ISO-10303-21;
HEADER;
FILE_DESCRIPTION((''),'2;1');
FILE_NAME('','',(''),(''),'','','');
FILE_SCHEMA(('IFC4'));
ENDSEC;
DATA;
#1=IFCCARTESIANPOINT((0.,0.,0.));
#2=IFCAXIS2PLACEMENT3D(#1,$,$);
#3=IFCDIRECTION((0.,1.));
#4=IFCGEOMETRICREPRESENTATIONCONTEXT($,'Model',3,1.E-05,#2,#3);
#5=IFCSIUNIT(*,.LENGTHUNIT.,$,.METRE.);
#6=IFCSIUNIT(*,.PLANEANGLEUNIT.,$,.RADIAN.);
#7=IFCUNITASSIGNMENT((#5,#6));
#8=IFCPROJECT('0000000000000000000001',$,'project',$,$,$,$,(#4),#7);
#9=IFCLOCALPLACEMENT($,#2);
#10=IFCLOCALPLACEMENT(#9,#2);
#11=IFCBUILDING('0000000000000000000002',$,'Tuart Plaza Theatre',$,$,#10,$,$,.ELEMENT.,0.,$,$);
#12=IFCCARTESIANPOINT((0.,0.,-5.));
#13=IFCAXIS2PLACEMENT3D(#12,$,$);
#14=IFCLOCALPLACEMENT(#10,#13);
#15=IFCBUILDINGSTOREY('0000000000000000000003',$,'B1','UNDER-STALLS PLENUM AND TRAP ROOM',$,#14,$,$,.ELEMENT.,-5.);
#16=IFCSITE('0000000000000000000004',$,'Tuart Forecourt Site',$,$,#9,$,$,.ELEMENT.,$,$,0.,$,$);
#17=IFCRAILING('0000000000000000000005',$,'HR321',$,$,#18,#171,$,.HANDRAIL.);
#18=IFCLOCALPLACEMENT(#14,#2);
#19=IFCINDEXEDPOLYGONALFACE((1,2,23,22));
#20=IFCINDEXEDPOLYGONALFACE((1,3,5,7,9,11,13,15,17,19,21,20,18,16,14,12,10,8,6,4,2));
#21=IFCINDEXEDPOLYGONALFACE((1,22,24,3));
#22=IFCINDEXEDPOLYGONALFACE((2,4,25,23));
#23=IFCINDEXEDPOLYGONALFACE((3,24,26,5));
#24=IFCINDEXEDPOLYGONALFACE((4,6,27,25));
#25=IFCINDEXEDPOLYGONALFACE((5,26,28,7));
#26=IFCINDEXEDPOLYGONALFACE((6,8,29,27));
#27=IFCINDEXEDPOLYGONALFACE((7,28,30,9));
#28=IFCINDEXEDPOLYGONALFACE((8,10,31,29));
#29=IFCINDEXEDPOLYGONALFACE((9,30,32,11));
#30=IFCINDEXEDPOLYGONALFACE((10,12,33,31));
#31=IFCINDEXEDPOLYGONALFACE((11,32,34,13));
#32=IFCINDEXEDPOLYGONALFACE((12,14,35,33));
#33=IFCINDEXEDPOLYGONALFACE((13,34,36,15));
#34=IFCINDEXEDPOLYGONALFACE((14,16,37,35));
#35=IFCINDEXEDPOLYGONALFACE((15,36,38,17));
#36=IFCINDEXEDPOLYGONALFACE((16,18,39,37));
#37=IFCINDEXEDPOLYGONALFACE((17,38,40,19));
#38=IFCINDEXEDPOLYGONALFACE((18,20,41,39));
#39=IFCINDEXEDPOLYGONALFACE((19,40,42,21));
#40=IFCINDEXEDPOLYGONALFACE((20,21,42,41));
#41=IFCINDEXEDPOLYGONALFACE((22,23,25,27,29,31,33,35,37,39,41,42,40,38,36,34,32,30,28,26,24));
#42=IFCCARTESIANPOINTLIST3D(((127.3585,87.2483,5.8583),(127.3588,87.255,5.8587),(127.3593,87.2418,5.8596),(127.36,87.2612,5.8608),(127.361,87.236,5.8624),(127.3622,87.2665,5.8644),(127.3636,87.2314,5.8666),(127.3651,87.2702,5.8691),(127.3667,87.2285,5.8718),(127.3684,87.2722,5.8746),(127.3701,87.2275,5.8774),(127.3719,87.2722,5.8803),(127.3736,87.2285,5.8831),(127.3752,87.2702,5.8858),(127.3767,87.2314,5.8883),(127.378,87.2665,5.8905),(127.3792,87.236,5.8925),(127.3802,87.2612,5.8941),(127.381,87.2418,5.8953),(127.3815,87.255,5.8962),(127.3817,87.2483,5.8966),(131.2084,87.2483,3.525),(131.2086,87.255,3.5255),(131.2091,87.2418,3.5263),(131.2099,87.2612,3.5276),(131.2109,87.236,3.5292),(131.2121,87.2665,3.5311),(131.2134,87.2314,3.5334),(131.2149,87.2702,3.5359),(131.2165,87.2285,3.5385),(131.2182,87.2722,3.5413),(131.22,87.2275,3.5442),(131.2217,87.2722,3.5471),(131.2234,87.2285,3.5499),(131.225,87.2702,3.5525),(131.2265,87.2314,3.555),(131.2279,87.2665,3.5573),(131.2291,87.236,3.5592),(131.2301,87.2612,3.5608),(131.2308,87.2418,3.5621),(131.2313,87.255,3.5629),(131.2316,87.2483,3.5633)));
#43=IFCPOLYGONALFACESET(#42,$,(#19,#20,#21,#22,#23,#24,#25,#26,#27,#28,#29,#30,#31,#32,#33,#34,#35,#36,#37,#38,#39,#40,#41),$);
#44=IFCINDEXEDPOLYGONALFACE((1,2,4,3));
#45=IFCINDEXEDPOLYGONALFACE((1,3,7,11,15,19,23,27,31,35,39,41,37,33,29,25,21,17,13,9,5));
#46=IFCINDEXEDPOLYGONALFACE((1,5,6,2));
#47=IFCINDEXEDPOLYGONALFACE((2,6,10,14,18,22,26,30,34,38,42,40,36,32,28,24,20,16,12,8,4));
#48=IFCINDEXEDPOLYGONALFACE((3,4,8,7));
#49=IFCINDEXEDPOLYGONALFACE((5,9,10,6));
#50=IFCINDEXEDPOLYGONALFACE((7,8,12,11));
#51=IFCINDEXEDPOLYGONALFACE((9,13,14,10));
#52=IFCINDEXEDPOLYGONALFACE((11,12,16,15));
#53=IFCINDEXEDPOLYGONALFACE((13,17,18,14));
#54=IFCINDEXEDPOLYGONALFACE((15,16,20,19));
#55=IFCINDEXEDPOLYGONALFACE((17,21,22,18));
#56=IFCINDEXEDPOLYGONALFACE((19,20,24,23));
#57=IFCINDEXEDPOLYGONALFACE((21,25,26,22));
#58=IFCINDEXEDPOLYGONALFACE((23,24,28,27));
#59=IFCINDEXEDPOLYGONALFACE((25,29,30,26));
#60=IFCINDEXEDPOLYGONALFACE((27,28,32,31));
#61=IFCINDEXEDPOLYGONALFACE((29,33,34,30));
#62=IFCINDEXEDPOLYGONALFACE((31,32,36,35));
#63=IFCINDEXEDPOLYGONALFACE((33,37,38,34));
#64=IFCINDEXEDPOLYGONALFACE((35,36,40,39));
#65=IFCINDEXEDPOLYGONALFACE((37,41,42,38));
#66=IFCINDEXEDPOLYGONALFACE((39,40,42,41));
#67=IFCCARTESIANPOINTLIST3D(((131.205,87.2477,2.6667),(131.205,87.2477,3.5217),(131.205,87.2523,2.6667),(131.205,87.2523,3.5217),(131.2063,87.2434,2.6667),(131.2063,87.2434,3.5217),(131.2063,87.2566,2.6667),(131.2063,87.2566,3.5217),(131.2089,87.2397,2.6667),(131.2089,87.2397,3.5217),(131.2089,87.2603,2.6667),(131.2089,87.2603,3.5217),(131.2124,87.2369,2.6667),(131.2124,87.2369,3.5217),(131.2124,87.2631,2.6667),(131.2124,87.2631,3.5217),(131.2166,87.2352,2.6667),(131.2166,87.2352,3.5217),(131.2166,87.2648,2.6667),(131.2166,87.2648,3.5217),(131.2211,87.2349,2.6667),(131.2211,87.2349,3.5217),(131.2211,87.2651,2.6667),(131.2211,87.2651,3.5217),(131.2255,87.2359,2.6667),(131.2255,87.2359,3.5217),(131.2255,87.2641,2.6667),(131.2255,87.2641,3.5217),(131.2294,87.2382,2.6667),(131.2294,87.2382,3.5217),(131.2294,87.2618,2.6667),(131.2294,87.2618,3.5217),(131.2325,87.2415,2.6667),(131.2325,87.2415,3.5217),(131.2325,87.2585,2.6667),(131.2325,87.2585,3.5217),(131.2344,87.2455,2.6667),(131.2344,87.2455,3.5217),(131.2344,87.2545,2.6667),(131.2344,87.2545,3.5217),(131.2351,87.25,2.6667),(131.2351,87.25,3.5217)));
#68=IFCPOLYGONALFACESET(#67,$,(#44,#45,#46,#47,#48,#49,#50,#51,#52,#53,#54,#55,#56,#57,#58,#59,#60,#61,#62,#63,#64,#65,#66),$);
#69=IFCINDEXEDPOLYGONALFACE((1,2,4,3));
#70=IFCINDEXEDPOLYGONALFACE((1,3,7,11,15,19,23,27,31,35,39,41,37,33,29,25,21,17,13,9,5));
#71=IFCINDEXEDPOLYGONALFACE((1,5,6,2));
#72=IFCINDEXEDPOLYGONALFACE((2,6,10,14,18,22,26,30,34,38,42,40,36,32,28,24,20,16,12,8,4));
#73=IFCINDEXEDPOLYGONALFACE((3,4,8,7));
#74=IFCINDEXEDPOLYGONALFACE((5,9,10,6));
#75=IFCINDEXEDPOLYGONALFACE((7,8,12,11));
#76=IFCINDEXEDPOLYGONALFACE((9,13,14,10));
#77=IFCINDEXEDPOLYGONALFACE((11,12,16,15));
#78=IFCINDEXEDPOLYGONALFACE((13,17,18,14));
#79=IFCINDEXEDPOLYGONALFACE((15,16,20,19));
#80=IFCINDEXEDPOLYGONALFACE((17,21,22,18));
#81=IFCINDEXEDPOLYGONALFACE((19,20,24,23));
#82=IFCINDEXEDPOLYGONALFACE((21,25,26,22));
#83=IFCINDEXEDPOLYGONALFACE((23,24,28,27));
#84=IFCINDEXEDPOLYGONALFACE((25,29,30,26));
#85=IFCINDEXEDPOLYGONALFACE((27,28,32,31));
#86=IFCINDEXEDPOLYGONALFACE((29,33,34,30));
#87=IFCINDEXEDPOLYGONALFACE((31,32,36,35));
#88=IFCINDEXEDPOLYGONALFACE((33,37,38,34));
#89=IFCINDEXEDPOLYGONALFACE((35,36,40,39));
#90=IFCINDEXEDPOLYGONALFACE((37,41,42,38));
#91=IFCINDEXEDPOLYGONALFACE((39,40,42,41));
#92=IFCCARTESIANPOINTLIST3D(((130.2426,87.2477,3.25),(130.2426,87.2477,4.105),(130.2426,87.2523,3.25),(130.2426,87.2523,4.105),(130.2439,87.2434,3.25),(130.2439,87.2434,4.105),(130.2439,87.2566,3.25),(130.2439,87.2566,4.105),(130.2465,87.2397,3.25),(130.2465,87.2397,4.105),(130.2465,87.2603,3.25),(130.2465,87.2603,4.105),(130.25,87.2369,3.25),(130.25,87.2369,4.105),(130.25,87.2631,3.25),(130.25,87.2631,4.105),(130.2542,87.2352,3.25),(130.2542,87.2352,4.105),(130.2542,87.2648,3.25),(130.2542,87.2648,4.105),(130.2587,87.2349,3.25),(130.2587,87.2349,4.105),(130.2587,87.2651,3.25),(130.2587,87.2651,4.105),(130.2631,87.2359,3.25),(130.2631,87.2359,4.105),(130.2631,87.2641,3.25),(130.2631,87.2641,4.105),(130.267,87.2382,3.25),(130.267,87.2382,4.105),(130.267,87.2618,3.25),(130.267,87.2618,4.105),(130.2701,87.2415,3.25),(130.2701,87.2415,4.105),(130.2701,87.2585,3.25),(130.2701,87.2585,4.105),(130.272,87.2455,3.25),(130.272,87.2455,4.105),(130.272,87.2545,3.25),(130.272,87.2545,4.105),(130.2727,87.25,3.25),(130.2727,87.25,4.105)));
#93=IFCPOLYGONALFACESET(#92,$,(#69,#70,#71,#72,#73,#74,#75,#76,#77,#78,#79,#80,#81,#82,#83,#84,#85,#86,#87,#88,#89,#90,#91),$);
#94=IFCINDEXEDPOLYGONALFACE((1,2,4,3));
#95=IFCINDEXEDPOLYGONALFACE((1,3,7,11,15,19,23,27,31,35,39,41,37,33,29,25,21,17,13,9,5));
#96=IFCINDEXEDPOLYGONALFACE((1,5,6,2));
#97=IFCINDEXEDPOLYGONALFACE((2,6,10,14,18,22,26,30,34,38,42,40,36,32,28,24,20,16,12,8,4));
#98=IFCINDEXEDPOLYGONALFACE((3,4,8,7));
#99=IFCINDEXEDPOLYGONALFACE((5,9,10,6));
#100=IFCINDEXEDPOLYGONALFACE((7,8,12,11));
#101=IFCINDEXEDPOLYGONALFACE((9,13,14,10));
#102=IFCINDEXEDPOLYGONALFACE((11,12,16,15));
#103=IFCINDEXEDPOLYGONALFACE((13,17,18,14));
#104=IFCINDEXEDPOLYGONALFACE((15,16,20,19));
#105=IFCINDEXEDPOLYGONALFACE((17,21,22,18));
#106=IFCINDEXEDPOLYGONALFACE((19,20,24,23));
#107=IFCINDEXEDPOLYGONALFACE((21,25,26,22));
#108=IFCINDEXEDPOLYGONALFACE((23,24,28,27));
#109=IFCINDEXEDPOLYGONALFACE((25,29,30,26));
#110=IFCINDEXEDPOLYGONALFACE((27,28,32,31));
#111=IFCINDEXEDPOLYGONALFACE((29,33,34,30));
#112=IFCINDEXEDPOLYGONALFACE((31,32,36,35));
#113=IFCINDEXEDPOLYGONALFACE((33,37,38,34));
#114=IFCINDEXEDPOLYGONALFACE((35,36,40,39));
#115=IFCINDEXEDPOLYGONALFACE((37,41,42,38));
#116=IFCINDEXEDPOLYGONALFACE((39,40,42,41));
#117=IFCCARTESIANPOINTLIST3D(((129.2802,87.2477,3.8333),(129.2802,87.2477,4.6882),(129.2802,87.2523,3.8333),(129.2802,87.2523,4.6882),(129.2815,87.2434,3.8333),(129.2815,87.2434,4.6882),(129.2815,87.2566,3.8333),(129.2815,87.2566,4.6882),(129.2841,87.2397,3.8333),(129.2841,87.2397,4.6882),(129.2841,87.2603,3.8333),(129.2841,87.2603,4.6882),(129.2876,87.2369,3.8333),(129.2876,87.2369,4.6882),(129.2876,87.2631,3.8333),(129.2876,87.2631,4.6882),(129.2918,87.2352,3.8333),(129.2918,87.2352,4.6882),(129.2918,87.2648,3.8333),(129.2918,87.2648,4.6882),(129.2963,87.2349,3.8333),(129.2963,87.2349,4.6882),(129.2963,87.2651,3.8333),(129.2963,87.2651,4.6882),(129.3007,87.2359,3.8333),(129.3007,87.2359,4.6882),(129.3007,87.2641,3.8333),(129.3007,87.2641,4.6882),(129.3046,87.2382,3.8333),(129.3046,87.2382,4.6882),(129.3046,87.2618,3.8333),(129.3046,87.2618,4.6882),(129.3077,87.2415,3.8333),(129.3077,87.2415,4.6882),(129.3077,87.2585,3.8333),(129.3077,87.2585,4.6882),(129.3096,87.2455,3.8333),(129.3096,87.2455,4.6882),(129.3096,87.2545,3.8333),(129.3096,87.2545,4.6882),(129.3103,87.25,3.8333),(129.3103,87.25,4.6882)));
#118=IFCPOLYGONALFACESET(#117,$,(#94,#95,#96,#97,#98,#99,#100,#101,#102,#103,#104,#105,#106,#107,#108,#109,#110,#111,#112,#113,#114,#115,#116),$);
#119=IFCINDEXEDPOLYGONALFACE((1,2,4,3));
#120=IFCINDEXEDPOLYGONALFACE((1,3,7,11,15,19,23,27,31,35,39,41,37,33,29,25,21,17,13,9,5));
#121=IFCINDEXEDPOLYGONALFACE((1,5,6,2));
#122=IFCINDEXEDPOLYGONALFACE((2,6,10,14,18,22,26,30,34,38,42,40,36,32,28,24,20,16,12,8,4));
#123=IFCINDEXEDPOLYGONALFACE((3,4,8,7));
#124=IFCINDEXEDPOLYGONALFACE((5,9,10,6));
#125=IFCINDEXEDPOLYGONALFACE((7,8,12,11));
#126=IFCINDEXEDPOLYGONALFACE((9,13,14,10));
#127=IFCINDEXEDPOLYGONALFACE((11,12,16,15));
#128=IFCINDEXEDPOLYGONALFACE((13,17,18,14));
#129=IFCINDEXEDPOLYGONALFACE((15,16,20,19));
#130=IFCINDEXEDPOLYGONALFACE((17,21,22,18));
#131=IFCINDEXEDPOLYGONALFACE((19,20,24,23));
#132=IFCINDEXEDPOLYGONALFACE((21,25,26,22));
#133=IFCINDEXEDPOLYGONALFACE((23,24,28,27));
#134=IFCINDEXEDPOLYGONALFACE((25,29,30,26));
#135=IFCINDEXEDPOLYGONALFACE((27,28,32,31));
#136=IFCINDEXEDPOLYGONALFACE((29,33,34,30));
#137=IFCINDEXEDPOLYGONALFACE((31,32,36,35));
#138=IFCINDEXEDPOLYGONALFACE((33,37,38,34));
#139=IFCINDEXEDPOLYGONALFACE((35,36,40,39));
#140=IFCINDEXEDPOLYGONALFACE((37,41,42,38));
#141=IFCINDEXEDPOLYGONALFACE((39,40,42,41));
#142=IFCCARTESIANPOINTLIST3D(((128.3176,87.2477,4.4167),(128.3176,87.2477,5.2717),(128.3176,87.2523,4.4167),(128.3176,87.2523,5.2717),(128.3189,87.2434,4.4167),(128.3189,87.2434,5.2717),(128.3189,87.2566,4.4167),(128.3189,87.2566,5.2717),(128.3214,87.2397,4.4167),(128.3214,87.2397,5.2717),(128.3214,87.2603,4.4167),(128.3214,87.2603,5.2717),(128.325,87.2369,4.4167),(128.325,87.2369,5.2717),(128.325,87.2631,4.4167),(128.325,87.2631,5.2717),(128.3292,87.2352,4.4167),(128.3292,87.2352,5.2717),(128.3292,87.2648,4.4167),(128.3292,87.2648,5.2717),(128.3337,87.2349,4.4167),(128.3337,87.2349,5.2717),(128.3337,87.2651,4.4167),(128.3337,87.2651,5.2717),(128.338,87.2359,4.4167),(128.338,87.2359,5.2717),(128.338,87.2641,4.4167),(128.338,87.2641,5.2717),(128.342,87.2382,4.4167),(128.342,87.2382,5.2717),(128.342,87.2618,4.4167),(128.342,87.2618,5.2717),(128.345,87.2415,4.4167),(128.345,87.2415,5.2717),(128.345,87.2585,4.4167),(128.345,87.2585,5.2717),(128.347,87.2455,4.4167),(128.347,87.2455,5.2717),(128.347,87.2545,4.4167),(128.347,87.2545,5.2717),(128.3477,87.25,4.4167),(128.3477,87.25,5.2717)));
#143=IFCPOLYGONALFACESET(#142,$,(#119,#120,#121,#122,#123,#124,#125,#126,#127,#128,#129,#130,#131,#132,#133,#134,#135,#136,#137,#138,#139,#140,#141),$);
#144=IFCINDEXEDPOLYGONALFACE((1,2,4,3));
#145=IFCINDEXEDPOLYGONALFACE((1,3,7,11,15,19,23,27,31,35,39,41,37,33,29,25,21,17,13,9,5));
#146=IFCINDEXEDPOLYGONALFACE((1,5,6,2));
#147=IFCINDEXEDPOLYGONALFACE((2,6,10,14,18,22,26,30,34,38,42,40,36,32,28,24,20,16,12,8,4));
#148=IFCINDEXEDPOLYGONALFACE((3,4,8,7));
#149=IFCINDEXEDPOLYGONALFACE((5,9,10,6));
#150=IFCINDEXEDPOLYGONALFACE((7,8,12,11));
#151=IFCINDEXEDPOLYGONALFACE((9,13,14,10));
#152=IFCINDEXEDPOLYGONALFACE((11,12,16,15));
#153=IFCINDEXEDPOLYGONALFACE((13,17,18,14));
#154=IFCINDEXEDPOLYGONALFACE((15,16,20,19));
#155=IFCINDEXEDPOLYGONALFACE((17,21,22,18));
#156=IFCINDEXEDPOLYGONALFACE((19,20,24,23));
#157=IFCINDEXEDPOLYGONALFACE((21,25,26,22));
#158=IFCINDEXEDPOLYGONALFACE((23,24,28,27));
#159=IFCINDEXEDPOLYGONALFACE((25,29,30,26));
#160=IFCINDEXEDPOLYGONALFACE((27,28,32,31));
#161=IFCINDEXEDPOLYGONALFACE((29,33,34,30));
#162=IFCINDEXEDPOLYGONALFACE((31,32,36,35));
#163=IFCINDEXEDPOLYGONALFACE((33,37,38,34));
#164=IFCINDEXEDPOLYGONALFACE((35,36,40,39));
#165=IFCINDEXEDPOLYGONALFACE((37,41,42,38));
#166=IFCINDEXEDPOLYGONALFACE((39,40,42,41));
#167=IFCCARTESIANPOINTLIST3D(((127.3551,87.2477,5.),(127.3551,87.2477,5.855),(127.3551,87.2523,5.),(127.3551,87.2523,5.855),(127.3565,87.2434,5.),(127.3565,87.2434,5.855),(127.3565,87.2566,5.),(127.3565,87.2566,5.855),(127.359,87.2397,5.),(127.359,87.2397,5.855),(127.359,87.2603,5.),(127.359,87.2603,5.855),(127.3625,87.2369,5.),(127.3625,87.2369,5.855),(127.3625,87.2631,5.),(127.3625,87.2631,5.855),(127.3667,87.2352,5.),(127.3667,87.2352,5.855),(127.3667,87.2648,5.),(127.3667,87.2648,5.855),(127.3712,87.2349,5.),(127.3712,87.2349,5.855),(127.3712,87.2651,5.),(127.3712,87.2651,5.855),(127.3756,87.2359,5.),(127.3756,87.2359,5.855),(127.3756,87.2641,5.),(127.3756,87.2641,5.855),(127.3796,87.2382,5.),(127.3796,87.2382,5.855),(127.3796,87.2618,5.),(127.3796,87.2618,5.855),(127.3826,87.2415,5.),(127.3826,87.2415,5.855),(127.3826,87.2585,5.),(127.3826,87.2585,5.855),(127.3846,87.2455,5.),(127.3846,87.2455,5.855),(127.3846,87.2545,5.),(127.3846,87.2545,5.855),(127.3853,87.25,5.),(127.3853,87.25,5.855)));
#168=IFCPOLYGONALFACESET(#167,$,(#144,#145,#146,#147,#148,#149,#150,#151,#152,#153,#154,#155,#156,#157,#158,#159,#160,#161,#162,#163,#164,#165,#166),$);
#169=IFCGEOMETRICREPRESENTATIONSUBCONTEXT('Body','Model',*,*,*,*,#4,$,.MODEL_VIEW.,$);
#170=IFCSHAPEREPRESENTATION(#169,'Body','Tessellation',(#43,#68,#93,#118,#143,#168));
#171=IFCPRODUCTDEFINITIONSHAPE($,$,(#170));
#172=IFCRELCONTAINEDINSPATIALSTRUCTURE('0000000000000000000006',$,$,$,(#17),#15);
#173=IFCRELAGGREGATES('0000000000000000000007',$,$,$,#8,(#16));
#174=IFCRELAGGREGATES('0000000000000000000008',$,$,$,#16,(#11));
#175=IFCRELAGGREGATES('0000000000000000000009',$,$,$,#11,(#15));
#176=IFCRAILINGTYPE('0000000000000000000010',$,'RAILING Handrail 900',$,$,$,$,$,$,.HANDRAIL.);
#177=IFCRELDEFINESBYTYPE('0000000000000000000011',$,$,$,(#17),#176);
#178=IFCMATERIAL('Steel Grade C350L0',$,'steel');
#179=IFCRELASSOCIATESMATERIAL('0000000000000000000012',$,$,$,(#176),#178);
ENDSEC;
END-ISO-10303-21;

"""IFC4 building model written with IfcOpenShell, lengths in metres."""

from ifc_helpers import new_model, si_unit, direction, frame, origin, origin_2d, place, context, subcontext, project, spatial, circle, extrude, material, type_object, element, save


model = new_model("IFC4")

# Units and contexts
model_context = context("Model", 3, precision=1e-05, world=origin(), true_north=direction((0.0, 1.0)))
body_context = subcontext(model_context, "Body", "Model", "MODEL_VIEW")
ifc_project = project(units=[si_unit("LENGTHUNIT", "METRE"), si_unit("PLANEANGLEUNIT", "RADIAN")], contexts=[model_context])

# Site, building, storey
site_placement = place(None, origin())
site = spatial("IfcSite", under=ifc_project, at=site_placement, Name="Tuart Forecourt Site", CompositionType="ELEMENT", RefElevation=0.0)
building_placement = place(site_placement, origin())
building = spatial("IfcBuilding", under=site, at=building_placement, Name="Tuart Plaza Theatre", CompositionType="ELEMENT", ElevationOfRefHeight=0.0)
storey_placement = place(building_placement, frame((0.0, 0.0, -5.0)))
storey = spatial("IfcBuildingStorey", under=building, at=storey_placement, Name="B1", Description="UNDER-STALLS PLENUM AND TRAP ROOM", CompositionType="ELEMENT", Elevation=-5.0)

# Railing
ifc_material_1 = material(Name="Steel Grade C350L0", Category="steel")
railing_type_1 = type_object("IfcRailingType", Name="RAILING Handrail 900", PredefinedType="HANDRAIL", material=ifc_material_1)
for number, where, name in (
    (1, (131.22, 87.25, 2.6667), "HR321"),
):
    element("IfcRailing", number, at=place(storey_placement, frame(where)), inside=storey, type_object=railing_type_1, Name=name, PredefinedType="HANDRAIL", context=body_context, shape_type="SweptSolid", body=[
        extrude(circle(Radius=0.0225, at=origin_2d()), frame((0.0, 0.0, 0.8774), z_axis=(-0.855197, 0.0, 0.518303), x_axis=(0.0, -1.0, 0.0)), (0.0, 0.0, 1.0), 4.5017),
        extrude(circle(Radius=0.0151, at=origin_2d()), origin(), (0.0, 0.0, 1.0), 0.855),
        extrude(circle(Radius=0.0151, at=origin_2d()), frame((-0.9624, 0.0, 0.5833)), (0.0, 0.0, 1.0), 0.855),
        extrude(circle(Radius=0.0151, at=origin_2d()), frame((-1.9248, 0.0, 1.1665)), (0.0, 0.0, 1.0), 0.855),
        extrude(circle(Radius=0.0151, at=origin_2d()), frame((-2.8875, 0.0, 1.75)), (0.0, 0.0, 1.0), 0.855),
        extrude(circle(Radius=0.0151, at=origin_2d()), frame((-3.8499, 0.0, 2.3333)), (0.0, 0.0, 1.0), 0.855),
    ])

save(model, "model.ifc")
